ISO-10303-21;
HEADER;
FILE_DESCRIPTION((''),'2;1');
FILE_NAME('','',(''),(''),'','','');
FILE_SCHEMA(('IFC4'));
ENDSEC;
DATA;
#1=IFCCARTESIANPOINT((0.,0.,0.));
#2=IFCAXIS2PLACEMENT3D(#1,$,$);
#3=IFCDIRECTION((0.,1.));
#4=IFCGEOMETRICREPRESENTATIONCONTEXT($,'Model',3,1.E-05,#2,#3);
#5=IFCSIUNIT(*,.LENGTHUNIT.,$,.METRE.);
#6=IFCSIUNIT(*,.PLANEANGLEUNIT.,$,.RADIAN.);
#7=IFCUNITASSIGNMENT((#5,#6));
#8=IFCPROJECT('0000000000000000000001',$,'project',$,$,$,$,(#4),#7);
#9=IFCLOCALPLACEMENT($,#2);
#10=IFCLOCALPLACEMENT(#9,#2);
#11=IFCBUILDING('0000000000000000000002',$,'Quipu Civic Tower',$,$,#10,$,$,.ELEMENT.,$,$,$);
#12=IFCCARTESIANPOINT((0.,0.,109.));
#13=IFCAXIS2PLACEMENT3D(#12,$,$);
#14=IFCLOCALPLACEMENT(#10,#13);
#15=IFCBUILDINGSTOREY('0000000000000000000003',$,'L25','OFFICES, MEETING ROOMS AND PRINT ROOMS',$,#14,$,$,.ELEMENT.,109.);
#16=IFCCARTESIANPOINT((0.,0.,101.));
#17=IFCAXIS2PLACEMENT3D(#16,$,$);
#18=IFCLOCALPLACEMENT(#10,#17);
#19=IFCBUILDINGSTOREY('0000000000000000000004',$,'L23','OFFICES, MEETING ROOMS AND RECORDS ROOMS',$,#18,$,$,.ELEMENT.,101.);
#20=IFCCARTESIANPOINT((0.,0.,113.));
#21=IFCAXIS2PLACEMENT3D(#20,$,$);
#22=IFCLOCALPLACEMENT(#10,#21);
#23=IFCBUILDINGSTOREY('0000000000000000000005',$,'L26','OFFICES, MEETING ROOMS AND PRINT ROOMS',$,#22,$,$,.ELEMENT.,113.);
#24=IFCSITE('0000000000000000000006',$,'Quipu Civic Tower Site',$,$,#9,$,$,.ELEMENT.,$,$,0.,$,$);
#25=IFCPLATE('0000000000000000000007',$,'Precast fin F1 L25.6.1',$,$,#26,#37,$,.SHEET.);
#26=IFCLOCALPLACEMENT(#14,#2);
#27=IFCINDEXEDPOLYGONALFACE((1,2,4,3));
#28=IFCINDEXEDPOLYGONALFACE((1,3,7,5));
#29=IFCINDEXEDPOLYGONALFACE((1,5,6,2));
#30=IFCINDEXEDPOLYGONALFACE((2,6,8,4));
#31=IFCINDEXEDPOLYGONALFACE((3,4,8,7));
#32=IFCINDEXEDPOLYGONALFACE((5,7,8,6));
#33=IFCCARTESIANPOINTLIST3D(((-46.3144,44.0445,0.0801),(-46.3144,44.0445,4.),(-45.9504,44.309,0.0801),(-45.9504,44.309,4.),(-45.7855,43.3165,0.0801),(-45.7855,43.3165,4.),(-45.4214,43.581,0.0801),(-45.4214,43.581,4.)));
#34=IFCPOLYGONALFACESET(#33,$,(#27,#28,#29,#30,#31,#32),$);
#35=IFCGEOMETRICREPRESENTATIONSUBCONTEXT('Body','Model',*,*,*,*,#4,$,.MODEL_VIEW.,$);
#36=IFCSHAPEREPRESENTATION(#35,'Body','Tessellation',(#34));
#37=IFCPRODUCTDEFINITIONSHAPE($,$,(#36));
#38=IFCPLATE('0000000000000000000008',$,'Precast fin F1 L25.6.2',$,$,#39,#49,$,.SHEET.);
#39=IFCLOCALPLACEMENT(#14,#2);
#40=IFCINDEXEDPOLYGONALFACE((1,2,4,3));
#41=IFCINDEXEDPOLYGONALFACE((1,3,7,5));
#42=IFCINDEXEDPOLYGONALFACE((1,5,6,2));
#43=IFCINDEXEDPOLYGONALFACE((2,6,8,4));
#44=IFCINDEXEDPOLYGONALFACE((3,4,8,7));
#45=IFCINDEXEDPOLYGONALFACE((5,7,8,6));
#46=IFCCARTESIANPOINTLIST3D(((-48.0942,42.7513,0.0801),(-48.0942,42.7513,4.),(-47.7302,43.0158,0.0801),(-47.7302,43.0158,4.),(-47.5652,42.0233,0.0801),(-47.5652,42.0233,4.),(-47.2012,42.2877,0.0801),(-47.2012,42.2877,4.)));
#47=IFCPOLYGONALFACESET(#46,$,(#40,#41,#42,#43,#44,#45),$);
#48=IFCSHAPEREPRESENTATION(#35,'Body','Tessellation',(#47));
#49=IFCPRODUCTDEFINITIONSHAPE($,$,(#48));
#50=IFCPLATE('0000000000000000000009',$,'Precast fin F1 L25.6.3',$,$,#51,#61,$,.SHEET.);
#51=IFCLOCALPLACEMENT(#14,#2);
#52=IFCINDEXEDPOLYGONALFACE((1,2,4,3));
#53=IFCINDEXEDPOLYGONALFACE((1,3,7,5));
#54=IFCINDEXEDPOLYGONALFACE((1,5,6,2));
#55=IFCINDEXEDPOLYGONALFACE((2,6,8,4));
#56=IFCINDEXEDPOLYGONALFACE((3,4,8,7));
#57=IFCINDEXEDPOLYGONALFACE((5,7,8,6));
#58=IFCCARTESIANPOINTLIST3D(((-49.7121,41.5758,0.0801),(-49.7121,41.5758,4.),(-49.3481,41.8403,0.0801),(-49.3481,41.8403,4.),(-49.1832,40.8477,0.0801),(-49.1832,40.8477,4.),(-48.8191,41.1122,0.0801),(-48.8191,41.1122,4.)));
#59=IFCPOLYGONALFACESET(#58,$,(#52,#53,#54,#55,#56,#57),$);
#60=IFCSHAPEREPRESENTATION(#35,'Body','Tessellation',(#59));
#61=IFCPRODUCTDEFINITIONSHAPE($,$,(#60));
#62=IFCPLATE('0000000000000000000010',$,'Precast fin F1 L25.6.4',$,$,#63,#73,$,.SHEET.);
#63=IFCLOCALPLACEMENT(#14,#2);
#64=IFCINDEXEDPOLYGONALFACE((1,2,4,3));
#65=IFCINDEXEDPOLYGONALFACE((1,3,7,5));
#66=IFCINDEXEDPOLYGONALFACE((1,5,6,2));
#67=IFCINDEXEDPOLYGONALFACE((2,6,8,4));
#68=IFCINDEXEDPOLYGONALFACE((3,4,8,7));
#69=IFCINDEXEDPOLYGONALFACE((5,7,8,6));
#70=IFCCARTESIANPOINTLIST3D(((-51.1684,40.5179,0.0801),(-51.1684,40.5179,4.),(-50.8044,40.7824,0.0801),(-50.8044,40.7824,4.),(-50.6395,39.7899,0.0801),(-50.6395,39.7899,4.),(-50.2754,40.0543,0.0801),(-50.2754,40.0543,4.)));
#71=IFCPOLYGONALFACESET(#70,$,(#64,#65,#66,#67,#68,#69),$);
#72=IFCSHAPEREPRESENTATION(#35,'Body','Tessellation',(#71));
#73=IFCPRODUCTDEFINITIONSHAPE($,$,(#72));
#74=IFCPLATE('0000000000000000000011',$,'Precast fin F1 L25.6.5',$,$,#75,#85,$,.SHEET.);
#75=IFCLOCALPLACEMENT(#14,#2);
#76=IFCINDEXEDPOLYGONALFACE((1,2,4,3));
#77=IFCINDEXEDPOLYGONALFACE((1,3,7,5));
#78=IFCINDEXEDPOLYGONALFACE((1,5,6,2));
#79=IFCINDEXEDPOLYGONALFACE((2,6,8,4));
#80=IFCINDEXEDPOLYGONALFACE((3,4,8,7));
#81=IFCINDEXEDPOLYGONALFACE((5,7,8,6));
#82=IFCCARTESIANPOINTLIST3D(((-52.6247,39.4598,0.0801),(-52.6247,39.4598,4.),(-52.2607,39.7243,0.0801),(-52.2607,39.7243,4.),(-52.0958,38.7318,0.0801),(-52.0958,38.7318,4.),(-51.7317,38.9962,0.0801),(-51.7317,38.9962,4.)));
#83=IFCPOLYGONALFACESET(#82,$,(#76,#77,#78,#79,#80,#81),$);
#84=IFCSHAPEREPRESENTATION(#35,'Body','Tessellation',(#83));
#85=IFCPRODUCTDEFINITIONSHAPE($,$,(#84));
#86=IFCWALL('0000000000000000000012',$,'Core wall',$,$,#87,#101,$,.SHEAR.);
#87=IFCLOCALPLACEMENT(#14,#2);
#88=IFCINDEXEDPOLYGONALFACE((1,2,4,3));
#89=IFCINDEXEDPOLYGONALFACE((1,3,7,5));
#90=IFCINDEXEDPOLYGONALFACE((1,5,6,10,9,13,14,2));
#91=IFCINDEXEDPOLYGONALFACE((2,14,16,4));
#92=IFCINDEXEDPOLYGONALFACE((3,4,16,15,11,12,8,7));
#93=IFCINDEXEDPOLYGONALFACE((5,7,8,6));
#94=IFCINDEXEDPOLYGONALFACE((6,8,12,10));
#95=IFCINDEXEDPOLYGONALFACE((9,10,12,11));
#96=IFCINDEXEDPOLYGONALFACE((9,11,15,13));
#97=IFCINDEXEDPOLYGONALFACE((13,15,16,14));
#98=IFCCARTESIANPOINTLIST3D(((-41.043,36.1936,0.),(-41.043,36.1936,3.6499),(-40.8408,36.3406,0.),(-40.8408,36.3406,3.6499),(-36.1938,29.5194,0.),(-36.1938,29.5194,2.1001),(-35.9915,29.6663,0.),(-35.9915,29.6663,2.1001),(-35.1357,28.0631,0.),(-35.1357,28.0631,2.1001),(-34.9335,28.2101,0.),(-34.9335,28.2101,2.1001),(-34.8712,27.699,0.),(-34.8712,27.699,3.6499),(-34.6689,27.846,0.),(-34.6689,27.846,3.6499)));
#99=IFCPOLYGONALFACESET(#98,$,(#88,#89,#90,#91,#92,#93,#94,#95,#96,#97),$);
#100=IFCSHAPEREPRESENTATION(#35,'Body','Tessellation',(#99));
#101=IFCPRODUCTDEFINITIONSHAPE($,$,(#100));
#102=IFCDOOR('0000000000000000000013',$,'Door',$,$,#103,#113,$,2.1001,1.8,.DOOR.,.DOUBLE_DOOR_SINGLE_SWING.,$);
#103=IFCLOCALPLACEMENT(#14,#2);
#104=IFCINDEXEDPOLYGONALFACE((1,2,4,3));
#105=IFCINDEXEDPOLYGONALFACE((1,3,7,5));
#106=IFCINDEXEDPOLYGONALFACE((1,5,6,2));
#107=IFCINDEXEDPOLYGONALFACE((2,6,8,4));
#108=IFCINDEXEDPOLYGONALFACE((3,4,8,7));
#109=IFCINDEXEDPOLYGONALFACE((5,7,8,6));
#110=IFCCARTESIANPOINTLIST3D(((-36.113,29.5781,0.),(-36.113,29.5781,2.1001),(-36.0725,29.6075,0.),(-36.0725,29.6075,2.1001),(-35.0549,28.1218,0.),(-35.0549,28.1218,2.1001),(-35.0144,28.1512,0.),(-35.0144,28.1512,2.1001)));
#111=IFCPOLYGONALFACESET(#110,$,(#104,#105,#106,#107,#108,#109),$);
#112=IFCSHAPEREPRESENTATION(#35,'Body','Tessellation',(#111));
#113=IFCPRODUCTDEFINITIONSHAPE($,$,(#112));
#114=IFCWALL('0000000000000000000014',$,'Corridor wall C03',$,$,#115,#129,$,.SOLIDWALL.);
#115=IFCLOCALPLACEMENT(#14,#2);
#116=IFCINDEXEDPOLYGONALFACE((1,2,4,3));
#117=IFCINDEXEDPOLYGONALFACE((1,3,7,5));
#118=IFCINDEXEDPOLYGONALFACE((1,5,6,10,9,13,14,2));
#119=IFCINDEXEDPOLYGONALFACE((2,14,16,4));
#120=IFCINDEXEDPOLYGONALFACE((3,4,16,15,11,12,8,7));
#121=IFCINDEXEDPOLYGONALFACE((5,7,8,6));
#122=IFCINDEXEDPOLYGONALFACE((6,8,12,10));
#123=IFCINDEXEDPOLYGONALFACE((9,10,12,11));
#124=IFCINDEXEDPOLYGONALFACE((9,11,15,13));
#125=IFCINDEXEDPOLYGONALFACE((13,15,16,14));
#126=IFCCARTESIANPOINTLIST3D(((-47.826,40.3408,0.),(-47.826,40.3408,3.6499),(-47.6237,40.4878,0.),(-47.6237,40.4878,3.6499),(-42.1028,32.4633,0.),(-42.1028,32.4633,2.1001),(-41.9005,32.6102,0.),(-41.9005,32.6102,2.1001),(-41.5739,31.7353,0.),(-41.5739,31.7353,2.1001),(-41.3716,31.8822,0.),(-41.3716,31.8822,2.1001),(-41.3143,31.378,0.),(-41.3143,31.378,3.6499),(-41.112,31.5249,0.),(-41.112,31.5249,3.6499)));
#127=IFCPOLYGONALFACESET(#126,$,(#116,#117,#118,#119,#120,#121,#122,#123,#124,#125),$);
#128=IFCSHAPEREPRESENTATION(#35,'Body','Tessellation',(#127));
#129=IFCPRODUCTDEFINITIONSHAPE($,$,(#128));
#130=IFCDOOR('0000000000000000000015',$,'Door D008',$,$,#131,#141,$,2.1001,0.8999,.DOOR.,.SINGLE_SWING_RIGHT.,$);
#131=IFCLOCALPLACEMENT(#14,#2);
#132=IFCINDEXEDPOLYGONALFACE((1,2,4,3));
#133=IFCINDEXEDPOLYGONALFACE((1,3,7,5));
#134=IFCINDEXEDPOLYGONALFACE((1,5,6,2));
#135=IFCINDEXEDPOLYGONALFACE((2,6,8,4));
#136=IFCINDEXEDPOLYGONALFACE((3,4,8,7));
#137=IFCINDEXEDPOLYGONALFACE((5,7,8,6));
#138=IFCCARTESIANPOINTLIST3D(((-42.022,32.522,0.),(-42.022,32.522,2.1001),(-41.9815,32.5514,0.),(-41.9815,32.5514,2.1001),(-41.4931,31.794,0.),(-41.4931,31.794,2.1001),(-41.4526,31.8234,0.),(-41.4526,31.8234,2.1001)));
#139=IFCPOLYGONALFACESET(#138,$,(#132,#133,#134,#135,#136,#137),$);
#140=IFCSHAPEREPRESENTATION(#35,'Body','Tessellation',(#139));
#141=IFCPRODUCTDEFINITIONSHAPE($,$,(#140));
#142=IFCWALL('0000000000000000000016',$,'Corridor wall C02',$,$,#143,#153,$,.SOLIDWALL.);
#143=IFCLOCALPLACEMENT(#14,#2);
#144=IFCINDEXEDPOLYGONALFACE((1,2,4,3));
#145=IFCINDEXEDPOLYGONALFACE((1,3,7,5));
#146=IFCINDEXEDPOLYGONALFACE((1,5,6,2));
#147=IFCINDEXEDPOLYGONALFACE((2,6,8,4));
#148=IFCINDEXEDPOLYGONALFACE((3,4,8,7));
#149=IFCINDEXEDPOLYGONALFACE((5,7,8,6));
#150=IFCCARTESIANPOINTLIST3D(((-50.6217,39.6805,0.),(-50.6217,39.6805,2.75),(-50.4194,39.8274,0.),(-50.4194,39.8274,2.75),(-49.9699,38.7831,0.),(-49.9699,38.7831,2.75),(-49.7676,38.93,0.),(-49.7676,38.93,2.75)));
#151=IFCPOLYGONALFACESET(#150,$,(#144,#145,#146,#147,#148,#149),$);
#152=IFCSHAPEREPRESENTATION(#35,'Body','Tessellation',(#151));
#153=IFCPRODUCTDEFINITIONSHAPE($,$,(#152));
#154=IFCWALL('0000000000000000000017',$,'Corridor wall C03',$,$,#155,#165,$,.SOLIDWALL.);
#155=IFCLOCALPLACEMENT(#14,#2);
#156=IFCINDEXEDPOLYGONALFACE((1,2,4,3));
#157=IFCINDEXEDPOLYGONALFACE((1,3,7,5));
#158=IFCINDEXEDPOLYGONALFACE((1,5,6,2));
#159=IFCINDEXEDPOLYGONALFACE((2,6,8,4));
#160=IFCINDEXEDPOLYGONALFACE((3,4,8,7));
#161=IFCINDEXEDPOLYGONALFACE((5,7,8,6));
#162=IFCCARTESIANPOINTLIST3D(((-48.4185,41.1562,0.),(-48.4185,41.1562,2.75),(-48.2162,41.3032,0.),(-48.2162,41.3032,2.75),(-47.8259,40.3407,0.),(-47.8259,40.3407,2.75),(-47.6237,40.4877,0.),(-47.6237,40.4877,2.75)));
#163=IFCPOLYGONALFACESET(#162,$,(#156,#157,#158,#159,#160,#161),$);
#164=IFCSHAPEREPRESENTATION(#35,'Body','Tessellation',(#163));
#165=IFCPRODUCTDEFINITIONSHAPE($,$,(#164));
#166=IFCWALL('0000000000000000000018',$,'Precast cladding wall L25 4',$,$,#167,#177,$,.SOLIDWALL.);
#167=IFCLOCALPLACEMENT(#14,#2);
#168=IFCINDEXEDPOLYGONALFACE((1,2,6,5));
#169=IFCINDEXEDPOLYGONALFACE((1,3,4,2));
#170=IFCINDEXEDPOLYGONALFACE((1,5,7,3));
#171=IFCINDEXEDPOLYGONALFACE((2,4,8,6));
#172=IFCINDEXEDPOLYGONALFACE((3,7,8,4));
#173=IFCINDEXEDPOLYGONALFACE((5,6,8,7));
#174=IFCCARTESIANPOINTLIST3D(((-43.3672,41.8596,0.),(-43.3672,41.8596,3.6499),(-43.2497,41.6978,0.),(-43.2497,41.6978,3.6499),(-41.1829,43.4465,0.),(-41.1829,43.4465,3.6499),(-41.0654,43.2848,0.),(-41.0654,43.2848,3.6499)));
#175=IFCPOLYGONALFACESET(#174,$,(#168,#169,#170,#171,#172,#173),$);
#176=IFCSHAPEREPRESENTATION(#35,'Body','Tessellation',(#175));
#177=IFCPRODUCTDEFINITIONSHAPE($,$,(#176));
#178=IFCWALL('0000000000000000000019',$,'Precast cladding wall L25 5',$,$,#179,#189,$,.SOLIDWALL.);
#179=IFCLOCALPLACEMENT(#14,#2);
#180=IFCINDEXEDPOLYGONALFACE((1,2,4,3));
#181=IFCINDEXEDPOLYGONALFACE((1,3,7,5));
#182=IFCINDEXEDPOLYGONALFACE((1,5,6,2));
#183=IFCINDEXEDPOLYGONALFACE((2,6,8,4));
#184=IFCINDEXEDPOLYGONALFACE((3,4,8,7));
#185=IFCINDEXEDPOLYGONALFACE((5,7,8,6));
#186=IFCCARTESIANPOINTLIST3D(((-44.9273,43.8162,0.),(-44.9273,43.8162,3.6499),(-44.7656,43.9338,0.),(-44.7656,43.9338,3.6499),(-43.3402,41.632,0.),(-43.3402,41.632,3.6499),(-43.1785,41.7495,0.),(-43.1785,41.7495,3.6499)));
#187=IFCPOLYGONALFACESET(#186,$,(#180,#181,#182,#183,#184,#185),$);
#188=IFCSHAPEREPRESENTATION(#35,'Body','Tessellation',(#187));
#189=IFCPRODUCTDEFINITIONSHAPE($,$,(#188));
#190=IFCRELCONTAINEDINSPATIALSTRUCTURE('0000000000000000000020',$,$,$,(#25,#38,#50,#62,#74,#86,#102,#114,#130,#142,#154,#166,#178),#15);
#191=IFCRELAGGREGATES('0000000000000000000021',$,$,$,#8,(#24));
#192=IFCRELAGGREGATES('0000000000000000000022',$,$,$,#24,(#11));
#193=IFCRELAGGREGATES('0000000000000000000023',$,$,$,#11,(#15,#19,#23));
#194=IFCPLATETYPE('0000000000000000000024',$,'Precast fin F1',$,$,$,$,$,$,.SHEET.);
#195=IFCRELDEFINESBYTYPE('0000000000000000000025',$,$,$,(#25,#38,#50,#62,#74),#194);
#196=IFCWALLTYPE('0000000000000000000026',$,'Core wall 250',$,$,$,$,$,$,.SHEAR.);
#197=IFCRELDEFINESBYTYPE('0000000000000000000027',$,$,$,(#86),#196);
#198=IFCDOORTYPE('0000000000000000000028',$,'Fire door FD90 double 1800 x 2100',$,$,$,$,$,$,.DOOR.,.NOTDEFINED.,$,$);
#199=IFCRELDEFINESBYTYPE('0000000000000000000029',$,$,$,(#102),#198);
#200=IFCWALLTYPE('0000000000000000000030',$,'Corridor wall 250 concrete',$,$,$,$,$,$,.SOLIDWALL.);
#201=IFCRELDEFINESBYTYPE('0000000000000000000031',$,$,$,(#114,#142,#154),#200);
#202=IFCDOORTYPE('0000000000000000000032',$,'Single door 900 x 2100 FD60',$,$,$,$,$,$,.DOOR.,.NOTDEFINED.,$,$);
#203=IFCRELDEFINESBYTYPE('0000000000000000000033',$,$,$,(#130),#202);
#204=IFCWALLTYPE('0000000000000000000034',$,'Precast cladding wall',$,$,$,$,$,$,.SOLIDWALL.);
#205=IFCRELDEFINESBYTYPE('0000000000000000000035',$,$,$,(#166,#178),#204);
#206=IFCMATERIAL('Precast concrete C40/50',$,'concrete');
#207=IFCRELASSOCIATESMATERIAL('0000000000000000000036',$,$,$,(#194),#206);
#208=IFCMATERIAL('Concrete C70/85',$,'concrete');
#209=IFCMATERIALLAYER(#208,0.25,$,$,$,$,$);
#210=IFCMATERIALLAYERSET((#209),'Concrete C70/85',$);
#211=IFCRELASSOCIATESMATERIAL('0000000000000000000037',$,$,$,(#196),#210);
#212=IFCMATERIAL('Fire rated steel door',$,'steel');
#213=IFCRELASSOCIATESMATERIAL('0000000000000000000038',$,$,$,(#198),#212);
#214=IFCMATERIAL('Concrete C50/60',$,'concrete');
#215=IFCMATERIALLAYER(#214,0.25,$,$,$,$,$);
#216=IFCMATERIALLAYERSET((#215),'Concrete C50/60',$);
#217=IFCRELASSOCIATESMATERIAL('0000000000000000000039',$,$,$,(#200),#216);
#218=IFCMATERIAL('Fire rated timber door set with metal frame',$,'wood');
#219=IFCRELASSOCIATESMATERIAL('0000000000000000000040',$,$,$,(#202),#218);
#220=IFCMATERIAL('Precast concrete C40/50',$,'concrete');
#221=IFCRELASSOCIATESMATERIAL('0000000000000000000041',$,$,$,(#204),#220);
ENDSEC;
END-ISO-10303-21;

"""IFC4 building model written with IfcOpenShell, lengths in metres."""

from ifc_helpers import new_model, si_unit, direction, frame, frame_2d, origin, origin_2d, place, context, subcontext, project, spatial, rectangle, extrude, material, layer, layer_set, type_object, element, fill, save


model = new_model("IFC4")

# Units and contexts
model_context = context("Model", 3, precision=1e-05, world=origin(), true_north=direction((0.0, 1.0)))
body_context = subcontext(model_context, "Body", "Model", "MODEL_VIEW")
ifc_project = project(units=[si_unit("LENGTHUNIT", "METRE"), si_unit("PLANEANGLEUNIT", "RADIAN")], contexts=[model_context])

# Site, building, storey
site_placement = place(None, origin())
site = spatial("IfcSite", under=ifc_project, at=site_placement, Name="Quipu Civic Tower Site", CompositionType="ELEMENT", RefElevation=0.0)
building_placement = place(site_placement, origin())
building = spatial("IfcBuilding", under=site, at=building_placement, Name="Quipu Civic Tower", CompositionType="ELEMENT")
storey_1_placement = place(building_placement, frame((0.0, 0.0, 109.0)))
storey_1 = spatial("IfcBuildingStorey", under=building, at=storey_1_placement, Name="L25", Description="OFFICES, MEETING ROOMS AND PRINT ROOMS", CompositionType="ELEMENT", Elevation=109.0)

# Shared definitions
storey_2_placement = place(building_placement, frame((0.0, 0.0, 101.0)))
storey_2 = spatial("IfcBuildingStorey", under=building, at=storey_2_placement, Name="L23", Description="OFFICES, MEETING ROOMS AND RECORDS ROOMS", CompositionType="ELEMENT", Elevation=101.0)

# Shared definitions
storey_3_placement = place(building_placement, frame((0.0, 0.0, 113.0)))
storey_3 = spatial("IfcBuildingStorey", under=building, at=storey_3_placement, Name="L26", Description="OFFICES, MEETING ROOMS AND PRINT ROOMS", CompositionType="ELEMENT", Elevation=113.0)

# Plates
ifc_material_1 = material(Name="Precast concrete C40/50", Category="concrete")
plate_type_1 = type_object("IfcPlateType", Name="Precast fin F1", PredefinedType="SHEET", material=ifc_material_1)
for number, where, z_axis, x_axis, name in (
    (1, (-45.8679, 43.8127, 0.0801), (0.0, 0.0, 1.0), (-0.809021, -0.587779, 0.0), "Precast fin F1 L25.6.1"),
    (2, (-47.6477, 42.5195, 0.0801), (0.0, 0.0, 1.0), (-0.809021, -0.587779, 0.0), "Precast fin F1 L25.6.2"),
    (3, (-49.2656, 41.344, 0.0801), (0.0, 0.0, 1.0), (-0.809021, -0.587779, 0.0), "Precast fin F1 L25.6.3"),
    (4, (-50.7219, 40.2861, 0.0801), (0.0, 0.0, 1.0), (-0.809021, -0.587779, 0.0), "Precast fin F1 L25.6.4"),
    (5, (-52.1782, 39.228, 0.0801), (0.0, 0.0, 1.0), (-0.809021, -0.587779, 0.0), "Precast fin F1 L25.6.5"),
):
    element("IfcPlate", number, at=place(storey_1_placement, frame(where, z_axis=z_axis, x_axis=x_axis)), inside=storey_1, type_object=plate_type_1, Name=name, PredefinedType="SHEET", context=body_context, shape_type="SweptSolid", body=[
        extrude(rectangle(XDim=0.45, YDim=0.8999, at=origin_2d()), origin(), (0.0, 0.0, 1.0), 3.9199),
    ])

# Walls, openings, doors
ifc_material_2 = material(Name="Concrete C70/85", Category="concrete")
ifc_layer_1 = layer(ifc_material_2, 0.25)
ifc_layer_set_1 = layer_set([ifc_layer_1], Name="Concrete C70/85")
wall_type_1 = type_object("IfcWallType", Name="Core wall 250", PredefinedType="SHEAR", material=ifc_layer_set_1)
wall_1_placement = place(storey_1_placement, frame((-40.9419, 36.2671, 0.0), z_axis=(0.0, 0.0, 1.0), x_axis=(0.587796, -0.809009, 0.0)))
wall_1 = element("IfcWall", 6, at=wall_1_placement, inside=storey_1, type_object=wall_type_1, Name="Core wall", PredefinedType="SHEAR", context=body_context, shape_type="SweptSolid", body=[
    extrude(rectangle(XDim=10.5, YDim=0.25, at=frame_2d((5.25, 0.0))), origin(), (0.0, 0.0, 1.0), 3.6499),
])
opening_1_placement = place(wall_1_placement, frame((8.25, 0.0, 0.0)))
opening_1 = element("IfcOpeningElement", 7, at=opening_1_placement, cuts=wall_1, PredefinedType="OPENING", context=body_context, shape_type="SweptSolid", body=[
    extrude(rectangle(XDim=1.8, YDim=2.1001, at=frame_2d((0.8999, 1.05))), frame((0.0, 0.135, 0.0), z_axis=(0.0, -1.0, 0.0), x_axis=(1.0, 0.0, 0.0)), (0.0, 0.0, 1.0), 0.27),
])
ifc_material_3 = material(Name="Fire rated steel door", Category="steel")
door_type_1 = type_object("IfcDoorType", Name="Fire door FD90 double 1800 x 2100", OperationType="NOTDEFINED", PredefinedType="DOOR", material=ifc_material_3)
door_1_placement = place(opening_1_placement, origin())
door_1 = element("IfcDoor", 8, at=door_1_placement, inside=storey_1, type_object=door_type_1, Name="Door", OperationType="DOUBLE_DOOR_SINGLE_SWING", OverallHeight=2.1001, OverallWidth=1.8, PredefinedType="DOOR", context=body_context, shape_type="SweptSolid", body=[
    extrude(rectangle(XDim=1.8, YDim=2.1001, at=frame_2d((0.8999, 1.05))), frame((0.0, 0.0249, 0.0), z_axis=(0.0, -1.0, 0.0), x_axis=(1.0, 0.0, 0.0)), (0.0, 0.0, 1.0), 0.05),
])
fill(opening_1, door_1)
ifc_material_4 = material(Name="Concrete C50/60", Category="concrete")
ifc_layer_2 = layer(ifc_material_4, 0.25)
ifc_layer_set_2 = layer_set([ifc_layer_2], Name="Concrete C50/60")
wall_type_2 = type_object("IfcWallType", Name="Corridor wall 250 concrete", PredefinedType="SOLIDWALL", material=ifc_layer_set_2)
wall_2_placement = place(storey_1_placement, frame((-47.7249, 40.4143, 0.0), z_axis=(0.0, 0.0, 1.0), x_axis=(0.587773, -0.809026, 0.0)))
wall_2 = element("IfcWall", 9, at=wall_2_placement, inside=storey_1, type_object=wall_type_2, Name="Corridor wall C03", PredefinedType="SOLIDWALL", context=body_context, shape_type="SweptSolid", body=[
    extrude(rectangle(XDim=11.0786, YDim=0.25, at=frame_2d((5.5393, 0.0))), origin(), (0.0, 0.0, 1.0), 3.6499),
])
opening_2_placement = place(wall_2_placement, frame((9.7371, 0.0, 0.0)))
opening_2 = element("IfcOpeningElement", 10, at=opening_2_placement, cuts=wall_2, PredefinedType="OPENING", context=body_context, shape_type="SweptSolid", body=[
    extrude(rectangle(XDim=0.8999, YDim=2.1001, at=frame_2d((0.45, 1.05))), frame((0.0, 0.135, 0.0), z_axis=(0.0, -1.0, 0.0), x_axis=(1.0, 0.0, 0.0)), (0.0, 0.0, 1.0), 0.27),
])
ifc_material_5 = material(Name="Fire rated timber door set with metal frame", Category="wood")
door_type_2 = type_object("IfcDoorType", Name="Single door 900 x 2100 FD60", OperationType="NOTDEFINED", PredefinedType="DOOR", material=ifc_material_5)
door_2_placement = place(opening_2_placement, origin())
door_2 = element("IfcDoor", 11, at=door_2_placement, inside=storey_1, type_object=door_type_2, Name="Door D008", OperationType="SINGLE_SWING_RIGHT", OverallHeight=2.1001, OverallWidth=0.8999, PredefinedType="DOOR", context=body_context, shape_type="SweptSolid", body=[
    extrude(rectangle(XDim=0.8999, YDim=2.1001, at=frame_2d((0.45, 1.05))), frame((0.0, 0.0249, 0.0), z_axis=(0.0, -1.0, 0.0), x_axis=(1.0, 0.0, 0.0)), (0.0, 0.0, 1.0), 0.05),
])
fill(opening_2, door_2)

# Walls
wall_3_placement = place(storey_1_placement, frame((-49.8687, 38.8564, 0.0), z_axis=(0.0, 0.0, 1.0), x_axis=(-0.587674, 0.809098, 0.0)))
element("IfcWall", 12, at=wall_3_placement, inside=storey_1, type_object=wall_type_2, Name="Corridor wall C02", PredefinedType="SOLIDWALL", context=body_context, shape_type="SweptSolid", body=[
    extrude(rectangle(XDim=1.1091, YDim=0.25, at=frame_2d((0.5547, 0.0))), origin(), (0.0, 0.0, 1.0), 2.75),
])
wall_4_placement = place(storey_1_placement, frame((-47.7249, 40.4143, 0.0), z_axis=(0.0, 0.0, 1.0), x_axis=(-0.58784, 0.808977, 0.0)))
element("IfcWall", 13, at=wall_4_placement, inside=storey_1, type_object=wall_type_2, Name="Corridor wall C03", PredefinedType="SOLIDWALL", context=body_context, shape_type="SweptSolid", body=[
    extrude(rectangle(XDim=1.0081, YDim=0.25, at=frame_2d((0.5039, 0.0))), origin(), (0.0, 0.0, 1.0), 2.75),
])
ifc_material_6 = material(Name="Precast concrete C40/50", Category="concrete")
wall_type_3 = type_object("IfcWallType", Name="Precast cladding wall", PredefinedType="SOLIDWALL", material=ifc_material_6)
for number, where, z_axis, x_axis, name in (
    (14, (-41.124, 43.3657, 0.0), (0.0, 0.0, 1.0), (-0.809033, -0.587763, 0.0), "Precast cladding wall L25 4"),
    (15, (-43.2593, 41.6907, 0.0), (0.0, 0.0, 1.0), (-0.587822, 0.80899, 0.0), "Precast cladding wall L25 5"),
):
    element("IfcWall", number, at=place(storey_1_placement, frame(where, z_axis=z_axis, x_axis=x_axis)), inside=storey_1, type_object=wall_type_3, Name=name, PredefinedType="SOLIDWALL", context=body_context, shape_type="SweptSolid", body=[
        extrude(rectangle(XDim=2.7, YDim=0.2, at=frame_2d((1.3501, 0.0))), origin(), (0.0, 0.0, 1.0), 3.6499),
    ])

save(model, "model.ifc")
